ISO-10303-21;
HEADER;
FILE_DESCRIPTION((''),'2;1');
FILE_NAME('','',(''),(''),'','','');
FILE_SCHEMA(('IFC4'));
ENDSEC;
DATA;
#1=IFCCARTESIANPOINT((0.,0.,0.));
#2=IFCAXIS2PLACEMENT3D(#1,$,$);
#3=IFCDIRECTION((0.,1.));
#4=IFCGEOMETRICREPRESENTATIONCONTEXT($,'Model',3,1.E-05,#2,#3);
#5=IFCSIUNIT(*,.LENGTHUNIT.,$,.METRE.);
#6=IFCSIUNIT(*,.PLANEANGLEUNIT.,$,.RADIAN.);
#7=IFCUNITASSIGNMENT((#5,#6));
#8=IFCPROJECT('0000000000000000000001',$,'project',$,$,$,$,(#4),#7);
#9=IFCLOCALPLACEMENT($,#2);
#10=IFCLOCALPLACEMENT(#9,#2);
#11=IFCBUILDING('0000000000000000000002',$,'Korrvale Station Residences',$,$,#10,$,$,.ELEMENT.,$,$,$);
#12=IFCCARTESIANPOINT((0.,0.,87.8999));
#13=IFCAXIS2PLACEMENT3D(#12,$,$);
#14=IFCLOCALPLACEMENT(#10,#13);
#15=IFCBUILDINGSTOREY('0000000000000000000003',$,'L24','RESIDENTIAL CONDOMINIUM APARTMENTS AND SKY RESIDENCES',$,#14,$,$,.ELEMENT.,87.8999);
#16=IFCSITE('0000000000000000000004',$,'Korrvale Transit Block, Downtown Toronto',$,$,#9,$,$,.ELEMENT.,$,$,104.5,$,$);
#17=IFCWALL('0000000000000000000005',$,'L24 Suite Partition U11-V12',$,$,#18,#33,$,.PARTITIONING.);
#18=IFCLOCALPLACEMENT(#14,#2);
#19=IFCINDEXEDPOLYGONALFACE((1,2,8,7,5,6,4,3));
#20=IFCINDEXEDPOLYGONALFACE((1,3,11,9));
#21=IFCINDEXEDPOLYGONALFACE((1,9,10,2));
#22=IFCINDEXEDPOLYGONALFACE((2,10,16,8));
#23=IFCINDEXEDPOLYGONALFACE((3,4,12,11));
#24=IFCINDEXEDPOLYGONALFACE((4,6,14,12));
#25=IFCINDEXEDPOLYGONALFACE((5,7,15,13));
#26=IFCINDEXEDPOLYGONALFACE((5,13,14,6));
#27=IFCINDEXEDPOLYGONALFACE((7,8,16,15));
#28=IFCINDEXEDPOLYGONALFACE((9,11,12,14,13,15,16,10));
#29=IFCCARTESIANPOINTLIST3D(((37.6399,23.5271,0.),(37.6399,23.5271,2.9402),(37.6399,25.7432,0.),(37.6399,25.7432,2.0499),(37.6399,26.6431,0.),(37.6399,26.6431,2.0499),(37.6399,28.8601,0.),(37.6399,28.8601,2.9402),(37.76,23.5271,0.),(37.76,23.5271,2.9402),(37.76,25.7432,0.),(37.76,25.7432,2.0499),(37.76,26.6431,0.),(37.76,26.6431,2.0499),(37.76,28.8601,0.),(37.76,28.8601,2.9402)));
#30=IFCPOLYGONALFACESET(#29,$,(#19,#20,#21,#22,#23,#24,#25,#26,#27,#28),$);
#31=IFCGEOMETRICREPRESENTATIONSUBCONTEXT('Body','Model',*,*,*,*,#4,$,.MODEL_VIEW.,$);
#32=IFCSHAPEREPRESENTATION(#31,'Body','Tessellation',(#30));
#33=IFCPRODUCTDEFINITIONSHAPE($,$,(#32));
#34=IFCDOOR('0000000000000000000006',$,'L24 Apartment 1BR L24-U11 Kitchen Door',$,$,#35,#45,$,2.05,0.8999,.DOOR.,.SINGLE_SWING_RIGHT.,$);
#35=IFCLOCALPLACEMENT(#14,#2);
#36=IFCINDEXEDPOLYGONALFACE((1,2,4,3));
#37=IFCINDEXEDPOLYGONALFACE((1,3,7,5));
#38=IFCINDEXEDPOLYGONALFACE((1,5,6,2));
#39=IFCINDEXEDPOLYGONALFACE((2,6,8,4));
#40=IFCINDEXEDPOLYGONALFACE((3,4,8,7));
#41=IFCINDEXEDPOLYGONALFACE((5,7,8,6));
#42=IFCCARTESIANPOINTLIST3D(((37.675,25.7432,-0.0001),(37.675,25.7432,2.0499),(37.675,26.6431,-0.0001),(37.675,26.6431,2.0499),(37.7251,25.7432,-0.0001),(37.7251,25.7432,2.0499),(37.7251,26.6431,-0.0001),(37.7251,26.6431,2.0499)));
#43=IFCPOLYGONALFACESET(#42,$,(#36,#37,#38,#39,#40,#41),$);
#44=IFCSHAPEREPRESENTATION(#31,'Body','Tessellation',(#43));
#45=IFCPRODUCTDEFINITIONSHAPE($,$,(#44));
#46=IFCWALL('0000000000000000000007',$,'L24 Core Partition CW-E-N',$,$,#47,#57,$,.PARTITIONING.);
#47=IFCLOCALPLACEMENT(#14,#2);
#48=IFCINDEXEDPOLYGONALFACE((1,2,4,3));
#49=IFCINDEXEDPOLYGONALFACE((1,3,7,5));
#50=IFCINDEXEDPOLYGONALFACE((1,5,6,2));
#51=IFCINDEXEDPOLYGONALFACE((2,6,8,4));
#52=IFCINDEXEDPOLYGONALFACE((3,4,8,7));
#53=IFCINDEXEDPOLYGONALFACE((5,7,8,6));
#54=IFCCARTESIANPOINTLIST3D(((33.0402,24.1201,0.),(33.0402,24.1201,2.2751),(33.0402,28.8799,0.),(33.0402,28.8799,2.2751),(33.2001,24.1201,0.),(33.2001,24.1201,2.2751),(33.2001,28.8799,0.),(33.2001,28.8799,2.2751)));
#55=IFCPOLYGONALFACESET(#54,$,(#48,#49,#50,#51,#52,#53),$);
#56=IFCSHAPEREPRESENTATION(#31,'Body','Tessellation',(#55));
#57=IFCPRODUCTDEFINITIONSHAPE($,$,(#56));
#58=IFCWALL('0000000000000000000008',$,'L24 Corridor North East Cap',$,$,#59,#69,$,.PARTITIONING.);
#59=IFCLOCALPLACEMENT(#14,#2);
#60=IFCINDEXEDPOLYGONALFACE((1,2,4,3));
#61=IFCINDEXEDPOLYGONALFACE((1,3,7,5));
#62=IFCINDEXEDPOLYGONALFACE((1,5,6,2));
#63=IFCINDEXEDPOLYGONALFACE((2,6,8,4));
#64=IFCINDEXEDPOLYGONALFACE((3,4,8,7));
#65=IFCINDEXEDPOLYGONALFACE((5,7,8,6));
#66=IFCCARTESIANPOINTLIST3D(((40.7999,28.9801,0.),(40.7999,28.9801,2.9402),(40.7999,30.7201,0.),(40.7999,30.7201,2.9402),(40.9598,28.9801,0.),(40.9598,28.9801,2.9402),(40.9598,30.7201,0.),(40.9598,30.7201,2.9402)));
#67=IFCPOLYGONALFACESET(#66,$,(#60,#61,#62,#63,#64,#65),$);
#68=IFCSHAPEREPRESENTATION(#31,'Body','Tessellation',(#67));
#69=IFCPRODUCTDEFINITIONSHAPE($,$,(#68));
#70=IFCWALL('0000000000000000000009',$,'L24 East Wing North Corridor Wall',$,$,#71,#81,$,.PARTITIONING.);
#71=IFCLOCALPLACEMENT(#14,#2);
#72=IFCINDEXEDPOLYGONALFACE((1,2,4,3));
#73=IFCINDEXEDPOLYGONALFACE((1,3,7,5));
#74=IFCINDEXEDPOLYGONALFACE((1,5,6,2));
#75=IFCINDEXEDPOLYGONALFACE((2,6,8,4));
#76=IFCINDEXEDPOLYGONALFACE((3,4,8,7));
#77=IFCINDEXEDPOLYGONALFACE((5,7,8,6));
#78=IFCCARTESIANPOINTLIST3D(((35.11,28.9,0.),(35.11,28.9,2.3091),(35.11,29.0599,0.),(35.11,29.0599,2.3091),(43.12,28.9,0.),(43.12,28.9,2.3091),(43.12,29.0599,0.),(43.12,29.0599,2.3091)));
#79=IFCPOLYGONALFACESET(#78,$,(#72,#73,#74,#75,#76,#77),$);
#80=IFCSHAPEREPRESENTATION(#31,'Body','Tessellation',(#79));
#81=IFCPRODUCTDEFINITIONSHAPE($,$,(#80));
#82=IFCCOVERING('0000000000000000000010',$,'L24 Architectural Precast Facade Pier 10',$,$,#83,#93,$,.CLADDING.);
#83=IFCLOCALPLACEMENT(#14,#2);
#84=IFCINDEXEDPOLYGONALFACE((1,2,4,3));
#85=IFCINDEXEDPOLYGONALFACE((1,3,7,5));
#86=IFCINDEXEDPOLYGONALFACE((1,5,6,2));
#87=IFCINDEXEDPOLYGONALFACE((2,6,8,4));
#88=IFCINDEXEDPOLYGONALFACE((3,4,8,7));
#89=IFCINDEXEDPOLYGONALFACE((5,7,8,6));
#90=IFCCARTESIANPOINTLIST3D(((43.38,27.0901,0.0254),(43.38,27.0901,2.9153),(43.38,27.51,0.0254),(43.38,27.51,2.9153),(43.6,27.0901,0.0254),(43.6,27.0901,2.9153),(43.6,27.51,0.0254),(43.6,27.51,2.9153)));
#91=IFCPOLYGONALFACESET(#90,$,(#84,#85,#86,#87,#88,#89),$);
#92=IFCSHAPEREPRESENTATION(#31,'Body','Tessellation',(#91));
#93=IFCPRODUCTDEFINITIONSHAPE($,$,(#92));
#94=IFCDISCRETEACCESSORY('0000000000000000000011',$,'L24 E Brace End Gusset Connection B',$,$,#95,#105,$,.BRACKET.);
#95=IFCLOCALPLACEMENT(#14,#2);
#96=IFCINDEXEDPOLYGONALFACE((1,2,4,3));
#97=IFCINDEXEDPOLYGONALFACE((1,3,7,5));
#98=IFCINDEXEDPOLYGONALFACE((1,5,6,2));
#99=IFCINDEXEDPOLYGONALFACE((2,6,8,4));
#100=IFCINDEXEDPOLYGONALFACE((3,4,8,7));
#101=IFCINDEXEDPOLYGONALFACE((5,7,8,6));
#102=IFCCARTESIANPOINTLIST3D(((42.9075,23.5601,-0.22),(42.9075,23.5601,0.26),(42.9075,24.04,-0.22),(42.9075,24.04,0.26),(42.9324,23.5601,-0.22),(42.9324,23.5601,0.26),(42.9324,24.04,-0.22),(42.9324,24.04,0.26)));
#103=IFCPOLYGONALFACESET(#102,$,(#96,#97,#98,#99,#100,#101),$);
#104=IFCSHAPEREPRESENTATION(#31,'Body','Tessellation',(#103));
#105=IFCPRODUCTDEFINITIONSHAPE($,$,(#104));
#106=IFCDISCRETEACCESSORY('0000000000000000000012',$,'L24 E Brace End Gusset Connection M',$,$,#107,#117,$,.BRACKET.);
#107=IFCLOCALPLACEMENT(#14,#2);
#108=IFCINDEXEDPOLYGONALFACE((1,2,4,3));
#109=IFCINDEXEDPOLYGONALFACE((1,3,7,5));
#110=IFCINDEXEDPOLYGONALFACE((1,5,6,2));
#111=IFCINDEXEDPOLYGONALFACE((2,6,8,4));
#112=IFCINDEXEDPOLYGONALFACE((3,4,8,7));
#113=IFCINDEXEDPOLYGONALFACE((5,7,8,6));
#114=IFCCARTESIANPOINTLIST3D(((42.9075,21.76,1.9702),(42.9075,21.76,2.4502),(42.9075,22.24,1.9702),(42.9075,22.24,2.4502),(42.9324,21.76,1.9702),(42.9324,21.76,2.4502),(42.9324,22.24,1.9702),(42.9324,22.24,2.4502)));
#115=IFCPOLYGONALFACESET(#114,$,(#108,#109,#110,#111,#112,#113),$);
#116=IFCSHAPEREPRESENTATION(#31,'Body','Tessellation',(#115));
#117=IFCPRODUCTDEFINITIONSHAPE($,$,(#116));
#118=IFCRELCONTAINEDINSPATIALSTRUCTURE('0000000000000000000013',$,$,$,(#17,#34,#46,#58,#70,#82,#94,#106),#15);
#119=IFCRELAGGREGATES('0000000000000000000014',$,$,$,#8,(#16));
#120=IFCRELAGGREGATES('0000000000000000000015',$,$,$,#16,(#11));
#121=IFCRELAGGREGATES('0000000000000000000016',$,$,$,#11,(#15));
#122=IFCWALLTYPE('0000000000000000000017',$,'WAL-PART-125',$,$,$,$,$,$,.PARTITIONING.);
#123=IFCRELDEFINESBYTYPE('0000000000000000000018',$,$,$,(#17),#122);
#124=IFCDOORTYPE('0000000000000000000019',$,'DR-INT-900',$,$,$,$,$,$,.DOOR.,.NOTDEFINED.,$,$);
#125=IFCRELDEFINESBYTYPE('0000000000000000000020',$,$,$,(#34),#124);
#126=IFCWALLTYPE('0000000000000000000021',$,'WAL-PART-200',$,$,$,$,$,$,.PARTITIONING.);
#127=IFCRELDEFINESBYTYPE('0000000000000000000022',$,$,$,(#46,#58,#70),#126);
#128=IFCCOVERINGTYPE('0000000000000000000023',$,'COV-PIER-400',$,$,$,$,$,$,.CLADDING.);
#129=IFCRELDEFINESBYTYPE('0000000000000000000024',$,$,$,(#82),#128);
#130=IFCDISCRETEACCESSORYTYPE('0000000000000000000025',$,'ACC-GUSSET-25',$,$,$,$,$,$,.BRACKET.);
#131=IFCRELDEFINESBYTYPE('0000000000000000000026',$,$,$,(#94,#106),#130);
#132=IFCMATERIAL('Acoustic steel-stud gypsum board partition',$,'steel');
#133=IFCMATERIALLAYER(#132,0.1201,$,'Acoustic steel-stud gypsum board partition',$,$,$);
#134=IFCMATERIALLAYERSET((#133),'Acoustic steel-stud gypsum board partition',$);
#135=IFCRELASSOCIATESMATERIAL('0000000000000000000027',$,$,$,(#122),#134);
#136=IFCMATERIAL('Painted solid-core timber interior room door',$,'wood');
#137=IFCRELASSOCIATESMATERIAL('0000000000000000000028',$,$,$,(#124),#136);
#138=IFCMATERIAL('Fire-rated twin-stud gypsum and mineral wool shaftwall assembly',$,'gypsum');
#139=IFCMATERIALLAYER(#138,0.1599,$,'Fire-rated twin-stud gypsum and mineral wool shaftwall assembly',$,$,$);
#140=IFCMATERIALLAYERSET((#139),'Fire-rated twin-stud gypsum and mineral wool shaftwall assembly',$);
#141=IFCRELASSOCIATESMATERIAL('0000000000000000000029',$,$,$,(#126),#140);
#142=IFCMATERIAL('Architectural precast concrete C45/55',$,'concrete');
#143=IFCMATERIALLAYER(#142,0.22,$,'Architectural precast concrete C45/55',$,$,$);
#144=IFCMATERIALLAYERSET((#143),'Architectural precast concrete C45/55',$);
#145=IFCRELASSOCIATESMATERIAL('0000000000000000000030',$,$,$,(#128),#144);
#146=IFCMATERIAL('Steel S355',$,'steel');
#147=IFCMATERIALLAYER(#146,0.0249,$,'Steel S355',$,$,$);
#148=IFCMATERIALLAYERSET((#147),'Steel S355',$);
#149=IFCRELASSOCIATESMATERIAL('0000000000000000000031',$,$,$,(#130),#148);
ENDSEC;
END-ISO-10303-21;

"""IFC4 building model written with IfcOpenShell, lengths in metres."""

from ifc_helpers import new_model, si_unit, direction, frame, frame_2d, origin, origin_2d, place, context, subcontext, project, spatial, rectangle, extrude, material, layer, layer_set, type_object, element, fill, save


model = new_model("IFC4")

# Units and contexts
model_context = context("Model", 3, precision=1e-05, world=origin(), true_north=direction((0.0, 1.0)))
body_context = subcontext(model_context, "Body", "Model", "MODEL_VIEW")
ifc_project = project(units=[si_unit("LENGTHUNIT", "METRE"), si_unit("PLANEANGLEUNIT", "RADIAN")], contexts=[model_context])

# Site, building, storey
site_placement = place(None, origin())
site = spatial("IfcSite", under=ifc_project, at=site_placement, Name="Korrvale Transit Block, Downtown Toronto", CompositionType="ELEMENT", RefElevation=104.5)
building_placement = place(site_placement, origin())
building = spatial("IfcBuilding", under=site, at=building_placement, Name="Korrvale Station Residences", CompositionType="ELEMENT")
storey_placement = place(building_placement, frame((0.0, 0.0, 87.8999)))
storey = spatial("IfcBuildingStorey", under=building, at=storey_placement, Name="L24", Description="RESIDENTIAL CONDOMINIUM APARTMENTS AND SKY RESIDENCES", CompositionType="ELEMENT", Elevation=87.8999)

# Shared definitions
ifc_material_1 = material(Name="Steel S355", Category="steel")

# Shared definitions
ifc_material_2 = material(Name="Acoustic steel-stud gypsum board partition", Category="steel")
ifc_layer_1 = layer(ifc_material_2, 0.1201, Name="Acoustic steel-stud gypsum board partition")
ifc_layer_set_1 = layer_set([ifc_layer_1], Name="Acoustic steel-stud gypsum board partition")
wall_type_1 = type_object("IfcWallType", Name="WAL-PART-125", PredefinedType="PARTITIONING", material=ifc_layer_set_1)

# Wall, opening, door
wall_1_placement = place(storey_placement, frame((37.7, 23.5271, 0.0), z_axis=(0.0, 0.0, 1.0), x_axis=(0.0, 1.0, 0.0)))
wall_1 = element("IfcWall", 1, at=wall_1_placement, inside=storey, type_object=wall_type_1, Name="L24 Suite Partition U11-V12", PredefinedType="PARTITIONING", context=body_context, shape_type="SweptSolid", body=[
    extrude(rectangle(XDim=5.333, YDim=0.1201, at=frame_2d((2.6665, 0.0))), origin(), (0.0, 0.0, 1.0), 2.9402),
])
opening_1_placement = place(wall_1_placement, frame((2.2161, 0.0, 0.0)))
opening_1 = element("IfcOpeningElement", 2, at=opening_1_placement, cuts=wall_1, PredefinedType="OPENING", context=body_context, shape_type="SweptSolid", body=[
    extrude(rectangle(XDim=0.8999, YDim=2.05, at=frame_2d((0.45, 1.0249))), frame((0.0, 0.0701, 0.0), z_axis=(0.0, -1.0, 0.0), x_axis=(1.0, 0.0, 0.0)), (0.0, 0.0, 1.0), 0.1401),
])
ifc_material_3 = material(Name="Painted solid-core timber interior room door", Category="wood")
door_type_1 = type_object("IfcDoorType", Name="DR-INT-900", OperationType="NOTDEFINED", PredefinedType="DOOR", material=ifc_material_3)
door_1_placement = place(opening_1_placement, origin())
door_1 = element("IfcDoor", 3, at=door_1_placement, inside=storey, type_object=door_type_1, Name="L24 Apartment 1BR L24-U11 Kitchen Door", OperationType="SINGLE_SWING_RIGHT", OverallHeight=2.05, OverallWidth=0.8999, PredefinedType="DOOR", context=body_context, shape_type="SweptSolid", body=[
    extrude(rectangle(XDim=0.8999, YDim=2.05, at=frame_2d((0.45, 1.0249))), frame((0.0, 0.0249, 0.0), z_axis=(0.0, -1.0, 0.0), x_axis=(1.0, 0.0, 0.0)), (0.0, 0.0, 1.0), 0.05),
])
fill(opening_1, door_1)

# Walls
ifc_material_4 = material(Name="Fire-rated twin-stud gypsum and mineral wool shaftwall assembly", Category="gypsum")
ifc_layer_2 = layer(ifc_material_4, 0.1599, Name="Fire-rated twin-stud gypsum and mineral wool shaftwall assembly")
ifc_layer_set_2 = layer_set([ifc_layer_2], Name="Fire-rated twin-stud gypsum and mineral wool shaftwall assembly")
wall_type_2 = type_object("IfcWallType", Name="WAL-PART-200", PredefinedType="PARTITIONING", material=ifc_layer_set_2)
wall_2_placement = place(storey_placement, frame((33.1201, 24.1201, 0.0), z_axis=(0.0, 0.0, 1.0), x_axis=(0.0, 1.0, 0.0)))
element("IfcWall", 4, at=wall_2_placement, inside=storey, type_object=wall_type_2, Name="L24 Core Partition CW-E-N", PredefinedType="PARTITIONING", context=body_context, shape_type="SweptSolid", body=[
    extrude(rectangle(XDim=4.7598, YDim=0.1599, at=frame_2d((2.3799, 0.0))), origin(), (0.0, 0.0, 1.0), 2.2751),
])
wall_3_placement = place(storey_placement, frame((40.8799, 28.98, 0.0), z_axis=(0.0, 0.0, 1.0), x_axis=(0.0, 1.0, 0.0)))
element("IfcWall", 5, at=wall_3_placement, inside=storey, type_object=wall_type_2, Name="L24 Corridor North East Cap", PredefinedType="PARTITIONING", context=body_context, shape_type="SweptSolid", body=[
    extrude(rectangle(XDim=1.74, YDim=0.1599, at=frame_2d((0.8701, 0.0))), origin(), (0.0, 0.0, 1.0), 2.9402),
])
wall_4_placement = place(storey_placement, frame((35.1101, 28.98, 0.0), z_axis=(0.0, 0.0, 1.0), x_axis=(1.0, 0.0, 0.0)))
element("IfcWall", 6, at=wall_4_placement, inside=storey, type_object=wall_type_2, Name="L24 East Wing North Corridor Wall", PredefinedType="PARTITIONING", context=body_context, shape_type="SweptSolid", body=[
    extrude(rectangle(XDim=8.01, YDim=0.1599, at=frame_2d((4.0049, 0.0))), origin(), (0.0, 0.0, 1.0), 2.3091),
])

# Covering
ifc_material_5 = material(Name="Architectural precast concrete C45/55", Category="concrete")
ifc_layer_3 = layer(ifc_material_5, 0.22, Name="Architectural precast concrete C45/55")
ifc_layer_set_3 = layer_set([ifc_layer_3], Name="Architectural precast concrete C45/55")
covering_type = type_object("IfcCoveringType", Name="COV-PIER-400", PredefinedType="CLADDING", material=ifc_layer_set_3)
covering_placement = place(storey_placement, frame((43.49, 27.3, 0.0254), z_axis=(0.0, 0.0, 1.0), x_axis=(0.0, 1.0, 0.0)))
element("IfcCovering", 7, at=covering_placement, inside=storey, type_object=covering_type, Name="L24 Architectural Precast Facade Pier 10", PredefinedType="CLADDING", context=body_context, shape_type="SweptSolid", body=[
    extrude(rectangle(XDim=0.4199, YDim=0.22, at=origin_2d()), origin(), (0.0, 0.0, 1.0), 2.8899),
])

# Discrete accessories
ifc_layer_4 = layer(ifc_material_1, 0.0249, Name="Steel S355")
ifc_layer_set_4 = layer_set([ifc_layer_4], Name="Steel S355")
discrete_accessory_type = type_object("IfcDiscreteAccessoryType", Name="ACC-GUSSET-25", PredefinedType="BRACKET", material=ifc_layer_set_4)
for number, where, z_axis, x_axis, name in (
    (8, (42.9199, 23.8, -0.22), (0.0, 0.0, 1.0), (0.0, 1.0, 0.0), "L24 E Brace End Gusset Connection B"),
    (9, (42.9199, 22.0, 1.9702), (0.0, 0.0, 1.0), (0.0, 1.0, 0.0), "L24 E Brace End Gusset Connection M"),
):
    element("IfcDiscreteAccessory", number, at=place(storey_placement, frame(where, z_axis=z_axis, x_axis=x_axis)), inside=storey, type_object=discrete_accessory_type, Name=name, PredefinedType="BRACKET", context=body_context, shape_type="SweptSolid", body=[
        extrude(rectangle(XDim=0.48, YDim=0.0249, at=origin_2d()), origin(), (0.0, 0.0, 1.0), 0.48),
    ])

save(model, "model.ifc")
